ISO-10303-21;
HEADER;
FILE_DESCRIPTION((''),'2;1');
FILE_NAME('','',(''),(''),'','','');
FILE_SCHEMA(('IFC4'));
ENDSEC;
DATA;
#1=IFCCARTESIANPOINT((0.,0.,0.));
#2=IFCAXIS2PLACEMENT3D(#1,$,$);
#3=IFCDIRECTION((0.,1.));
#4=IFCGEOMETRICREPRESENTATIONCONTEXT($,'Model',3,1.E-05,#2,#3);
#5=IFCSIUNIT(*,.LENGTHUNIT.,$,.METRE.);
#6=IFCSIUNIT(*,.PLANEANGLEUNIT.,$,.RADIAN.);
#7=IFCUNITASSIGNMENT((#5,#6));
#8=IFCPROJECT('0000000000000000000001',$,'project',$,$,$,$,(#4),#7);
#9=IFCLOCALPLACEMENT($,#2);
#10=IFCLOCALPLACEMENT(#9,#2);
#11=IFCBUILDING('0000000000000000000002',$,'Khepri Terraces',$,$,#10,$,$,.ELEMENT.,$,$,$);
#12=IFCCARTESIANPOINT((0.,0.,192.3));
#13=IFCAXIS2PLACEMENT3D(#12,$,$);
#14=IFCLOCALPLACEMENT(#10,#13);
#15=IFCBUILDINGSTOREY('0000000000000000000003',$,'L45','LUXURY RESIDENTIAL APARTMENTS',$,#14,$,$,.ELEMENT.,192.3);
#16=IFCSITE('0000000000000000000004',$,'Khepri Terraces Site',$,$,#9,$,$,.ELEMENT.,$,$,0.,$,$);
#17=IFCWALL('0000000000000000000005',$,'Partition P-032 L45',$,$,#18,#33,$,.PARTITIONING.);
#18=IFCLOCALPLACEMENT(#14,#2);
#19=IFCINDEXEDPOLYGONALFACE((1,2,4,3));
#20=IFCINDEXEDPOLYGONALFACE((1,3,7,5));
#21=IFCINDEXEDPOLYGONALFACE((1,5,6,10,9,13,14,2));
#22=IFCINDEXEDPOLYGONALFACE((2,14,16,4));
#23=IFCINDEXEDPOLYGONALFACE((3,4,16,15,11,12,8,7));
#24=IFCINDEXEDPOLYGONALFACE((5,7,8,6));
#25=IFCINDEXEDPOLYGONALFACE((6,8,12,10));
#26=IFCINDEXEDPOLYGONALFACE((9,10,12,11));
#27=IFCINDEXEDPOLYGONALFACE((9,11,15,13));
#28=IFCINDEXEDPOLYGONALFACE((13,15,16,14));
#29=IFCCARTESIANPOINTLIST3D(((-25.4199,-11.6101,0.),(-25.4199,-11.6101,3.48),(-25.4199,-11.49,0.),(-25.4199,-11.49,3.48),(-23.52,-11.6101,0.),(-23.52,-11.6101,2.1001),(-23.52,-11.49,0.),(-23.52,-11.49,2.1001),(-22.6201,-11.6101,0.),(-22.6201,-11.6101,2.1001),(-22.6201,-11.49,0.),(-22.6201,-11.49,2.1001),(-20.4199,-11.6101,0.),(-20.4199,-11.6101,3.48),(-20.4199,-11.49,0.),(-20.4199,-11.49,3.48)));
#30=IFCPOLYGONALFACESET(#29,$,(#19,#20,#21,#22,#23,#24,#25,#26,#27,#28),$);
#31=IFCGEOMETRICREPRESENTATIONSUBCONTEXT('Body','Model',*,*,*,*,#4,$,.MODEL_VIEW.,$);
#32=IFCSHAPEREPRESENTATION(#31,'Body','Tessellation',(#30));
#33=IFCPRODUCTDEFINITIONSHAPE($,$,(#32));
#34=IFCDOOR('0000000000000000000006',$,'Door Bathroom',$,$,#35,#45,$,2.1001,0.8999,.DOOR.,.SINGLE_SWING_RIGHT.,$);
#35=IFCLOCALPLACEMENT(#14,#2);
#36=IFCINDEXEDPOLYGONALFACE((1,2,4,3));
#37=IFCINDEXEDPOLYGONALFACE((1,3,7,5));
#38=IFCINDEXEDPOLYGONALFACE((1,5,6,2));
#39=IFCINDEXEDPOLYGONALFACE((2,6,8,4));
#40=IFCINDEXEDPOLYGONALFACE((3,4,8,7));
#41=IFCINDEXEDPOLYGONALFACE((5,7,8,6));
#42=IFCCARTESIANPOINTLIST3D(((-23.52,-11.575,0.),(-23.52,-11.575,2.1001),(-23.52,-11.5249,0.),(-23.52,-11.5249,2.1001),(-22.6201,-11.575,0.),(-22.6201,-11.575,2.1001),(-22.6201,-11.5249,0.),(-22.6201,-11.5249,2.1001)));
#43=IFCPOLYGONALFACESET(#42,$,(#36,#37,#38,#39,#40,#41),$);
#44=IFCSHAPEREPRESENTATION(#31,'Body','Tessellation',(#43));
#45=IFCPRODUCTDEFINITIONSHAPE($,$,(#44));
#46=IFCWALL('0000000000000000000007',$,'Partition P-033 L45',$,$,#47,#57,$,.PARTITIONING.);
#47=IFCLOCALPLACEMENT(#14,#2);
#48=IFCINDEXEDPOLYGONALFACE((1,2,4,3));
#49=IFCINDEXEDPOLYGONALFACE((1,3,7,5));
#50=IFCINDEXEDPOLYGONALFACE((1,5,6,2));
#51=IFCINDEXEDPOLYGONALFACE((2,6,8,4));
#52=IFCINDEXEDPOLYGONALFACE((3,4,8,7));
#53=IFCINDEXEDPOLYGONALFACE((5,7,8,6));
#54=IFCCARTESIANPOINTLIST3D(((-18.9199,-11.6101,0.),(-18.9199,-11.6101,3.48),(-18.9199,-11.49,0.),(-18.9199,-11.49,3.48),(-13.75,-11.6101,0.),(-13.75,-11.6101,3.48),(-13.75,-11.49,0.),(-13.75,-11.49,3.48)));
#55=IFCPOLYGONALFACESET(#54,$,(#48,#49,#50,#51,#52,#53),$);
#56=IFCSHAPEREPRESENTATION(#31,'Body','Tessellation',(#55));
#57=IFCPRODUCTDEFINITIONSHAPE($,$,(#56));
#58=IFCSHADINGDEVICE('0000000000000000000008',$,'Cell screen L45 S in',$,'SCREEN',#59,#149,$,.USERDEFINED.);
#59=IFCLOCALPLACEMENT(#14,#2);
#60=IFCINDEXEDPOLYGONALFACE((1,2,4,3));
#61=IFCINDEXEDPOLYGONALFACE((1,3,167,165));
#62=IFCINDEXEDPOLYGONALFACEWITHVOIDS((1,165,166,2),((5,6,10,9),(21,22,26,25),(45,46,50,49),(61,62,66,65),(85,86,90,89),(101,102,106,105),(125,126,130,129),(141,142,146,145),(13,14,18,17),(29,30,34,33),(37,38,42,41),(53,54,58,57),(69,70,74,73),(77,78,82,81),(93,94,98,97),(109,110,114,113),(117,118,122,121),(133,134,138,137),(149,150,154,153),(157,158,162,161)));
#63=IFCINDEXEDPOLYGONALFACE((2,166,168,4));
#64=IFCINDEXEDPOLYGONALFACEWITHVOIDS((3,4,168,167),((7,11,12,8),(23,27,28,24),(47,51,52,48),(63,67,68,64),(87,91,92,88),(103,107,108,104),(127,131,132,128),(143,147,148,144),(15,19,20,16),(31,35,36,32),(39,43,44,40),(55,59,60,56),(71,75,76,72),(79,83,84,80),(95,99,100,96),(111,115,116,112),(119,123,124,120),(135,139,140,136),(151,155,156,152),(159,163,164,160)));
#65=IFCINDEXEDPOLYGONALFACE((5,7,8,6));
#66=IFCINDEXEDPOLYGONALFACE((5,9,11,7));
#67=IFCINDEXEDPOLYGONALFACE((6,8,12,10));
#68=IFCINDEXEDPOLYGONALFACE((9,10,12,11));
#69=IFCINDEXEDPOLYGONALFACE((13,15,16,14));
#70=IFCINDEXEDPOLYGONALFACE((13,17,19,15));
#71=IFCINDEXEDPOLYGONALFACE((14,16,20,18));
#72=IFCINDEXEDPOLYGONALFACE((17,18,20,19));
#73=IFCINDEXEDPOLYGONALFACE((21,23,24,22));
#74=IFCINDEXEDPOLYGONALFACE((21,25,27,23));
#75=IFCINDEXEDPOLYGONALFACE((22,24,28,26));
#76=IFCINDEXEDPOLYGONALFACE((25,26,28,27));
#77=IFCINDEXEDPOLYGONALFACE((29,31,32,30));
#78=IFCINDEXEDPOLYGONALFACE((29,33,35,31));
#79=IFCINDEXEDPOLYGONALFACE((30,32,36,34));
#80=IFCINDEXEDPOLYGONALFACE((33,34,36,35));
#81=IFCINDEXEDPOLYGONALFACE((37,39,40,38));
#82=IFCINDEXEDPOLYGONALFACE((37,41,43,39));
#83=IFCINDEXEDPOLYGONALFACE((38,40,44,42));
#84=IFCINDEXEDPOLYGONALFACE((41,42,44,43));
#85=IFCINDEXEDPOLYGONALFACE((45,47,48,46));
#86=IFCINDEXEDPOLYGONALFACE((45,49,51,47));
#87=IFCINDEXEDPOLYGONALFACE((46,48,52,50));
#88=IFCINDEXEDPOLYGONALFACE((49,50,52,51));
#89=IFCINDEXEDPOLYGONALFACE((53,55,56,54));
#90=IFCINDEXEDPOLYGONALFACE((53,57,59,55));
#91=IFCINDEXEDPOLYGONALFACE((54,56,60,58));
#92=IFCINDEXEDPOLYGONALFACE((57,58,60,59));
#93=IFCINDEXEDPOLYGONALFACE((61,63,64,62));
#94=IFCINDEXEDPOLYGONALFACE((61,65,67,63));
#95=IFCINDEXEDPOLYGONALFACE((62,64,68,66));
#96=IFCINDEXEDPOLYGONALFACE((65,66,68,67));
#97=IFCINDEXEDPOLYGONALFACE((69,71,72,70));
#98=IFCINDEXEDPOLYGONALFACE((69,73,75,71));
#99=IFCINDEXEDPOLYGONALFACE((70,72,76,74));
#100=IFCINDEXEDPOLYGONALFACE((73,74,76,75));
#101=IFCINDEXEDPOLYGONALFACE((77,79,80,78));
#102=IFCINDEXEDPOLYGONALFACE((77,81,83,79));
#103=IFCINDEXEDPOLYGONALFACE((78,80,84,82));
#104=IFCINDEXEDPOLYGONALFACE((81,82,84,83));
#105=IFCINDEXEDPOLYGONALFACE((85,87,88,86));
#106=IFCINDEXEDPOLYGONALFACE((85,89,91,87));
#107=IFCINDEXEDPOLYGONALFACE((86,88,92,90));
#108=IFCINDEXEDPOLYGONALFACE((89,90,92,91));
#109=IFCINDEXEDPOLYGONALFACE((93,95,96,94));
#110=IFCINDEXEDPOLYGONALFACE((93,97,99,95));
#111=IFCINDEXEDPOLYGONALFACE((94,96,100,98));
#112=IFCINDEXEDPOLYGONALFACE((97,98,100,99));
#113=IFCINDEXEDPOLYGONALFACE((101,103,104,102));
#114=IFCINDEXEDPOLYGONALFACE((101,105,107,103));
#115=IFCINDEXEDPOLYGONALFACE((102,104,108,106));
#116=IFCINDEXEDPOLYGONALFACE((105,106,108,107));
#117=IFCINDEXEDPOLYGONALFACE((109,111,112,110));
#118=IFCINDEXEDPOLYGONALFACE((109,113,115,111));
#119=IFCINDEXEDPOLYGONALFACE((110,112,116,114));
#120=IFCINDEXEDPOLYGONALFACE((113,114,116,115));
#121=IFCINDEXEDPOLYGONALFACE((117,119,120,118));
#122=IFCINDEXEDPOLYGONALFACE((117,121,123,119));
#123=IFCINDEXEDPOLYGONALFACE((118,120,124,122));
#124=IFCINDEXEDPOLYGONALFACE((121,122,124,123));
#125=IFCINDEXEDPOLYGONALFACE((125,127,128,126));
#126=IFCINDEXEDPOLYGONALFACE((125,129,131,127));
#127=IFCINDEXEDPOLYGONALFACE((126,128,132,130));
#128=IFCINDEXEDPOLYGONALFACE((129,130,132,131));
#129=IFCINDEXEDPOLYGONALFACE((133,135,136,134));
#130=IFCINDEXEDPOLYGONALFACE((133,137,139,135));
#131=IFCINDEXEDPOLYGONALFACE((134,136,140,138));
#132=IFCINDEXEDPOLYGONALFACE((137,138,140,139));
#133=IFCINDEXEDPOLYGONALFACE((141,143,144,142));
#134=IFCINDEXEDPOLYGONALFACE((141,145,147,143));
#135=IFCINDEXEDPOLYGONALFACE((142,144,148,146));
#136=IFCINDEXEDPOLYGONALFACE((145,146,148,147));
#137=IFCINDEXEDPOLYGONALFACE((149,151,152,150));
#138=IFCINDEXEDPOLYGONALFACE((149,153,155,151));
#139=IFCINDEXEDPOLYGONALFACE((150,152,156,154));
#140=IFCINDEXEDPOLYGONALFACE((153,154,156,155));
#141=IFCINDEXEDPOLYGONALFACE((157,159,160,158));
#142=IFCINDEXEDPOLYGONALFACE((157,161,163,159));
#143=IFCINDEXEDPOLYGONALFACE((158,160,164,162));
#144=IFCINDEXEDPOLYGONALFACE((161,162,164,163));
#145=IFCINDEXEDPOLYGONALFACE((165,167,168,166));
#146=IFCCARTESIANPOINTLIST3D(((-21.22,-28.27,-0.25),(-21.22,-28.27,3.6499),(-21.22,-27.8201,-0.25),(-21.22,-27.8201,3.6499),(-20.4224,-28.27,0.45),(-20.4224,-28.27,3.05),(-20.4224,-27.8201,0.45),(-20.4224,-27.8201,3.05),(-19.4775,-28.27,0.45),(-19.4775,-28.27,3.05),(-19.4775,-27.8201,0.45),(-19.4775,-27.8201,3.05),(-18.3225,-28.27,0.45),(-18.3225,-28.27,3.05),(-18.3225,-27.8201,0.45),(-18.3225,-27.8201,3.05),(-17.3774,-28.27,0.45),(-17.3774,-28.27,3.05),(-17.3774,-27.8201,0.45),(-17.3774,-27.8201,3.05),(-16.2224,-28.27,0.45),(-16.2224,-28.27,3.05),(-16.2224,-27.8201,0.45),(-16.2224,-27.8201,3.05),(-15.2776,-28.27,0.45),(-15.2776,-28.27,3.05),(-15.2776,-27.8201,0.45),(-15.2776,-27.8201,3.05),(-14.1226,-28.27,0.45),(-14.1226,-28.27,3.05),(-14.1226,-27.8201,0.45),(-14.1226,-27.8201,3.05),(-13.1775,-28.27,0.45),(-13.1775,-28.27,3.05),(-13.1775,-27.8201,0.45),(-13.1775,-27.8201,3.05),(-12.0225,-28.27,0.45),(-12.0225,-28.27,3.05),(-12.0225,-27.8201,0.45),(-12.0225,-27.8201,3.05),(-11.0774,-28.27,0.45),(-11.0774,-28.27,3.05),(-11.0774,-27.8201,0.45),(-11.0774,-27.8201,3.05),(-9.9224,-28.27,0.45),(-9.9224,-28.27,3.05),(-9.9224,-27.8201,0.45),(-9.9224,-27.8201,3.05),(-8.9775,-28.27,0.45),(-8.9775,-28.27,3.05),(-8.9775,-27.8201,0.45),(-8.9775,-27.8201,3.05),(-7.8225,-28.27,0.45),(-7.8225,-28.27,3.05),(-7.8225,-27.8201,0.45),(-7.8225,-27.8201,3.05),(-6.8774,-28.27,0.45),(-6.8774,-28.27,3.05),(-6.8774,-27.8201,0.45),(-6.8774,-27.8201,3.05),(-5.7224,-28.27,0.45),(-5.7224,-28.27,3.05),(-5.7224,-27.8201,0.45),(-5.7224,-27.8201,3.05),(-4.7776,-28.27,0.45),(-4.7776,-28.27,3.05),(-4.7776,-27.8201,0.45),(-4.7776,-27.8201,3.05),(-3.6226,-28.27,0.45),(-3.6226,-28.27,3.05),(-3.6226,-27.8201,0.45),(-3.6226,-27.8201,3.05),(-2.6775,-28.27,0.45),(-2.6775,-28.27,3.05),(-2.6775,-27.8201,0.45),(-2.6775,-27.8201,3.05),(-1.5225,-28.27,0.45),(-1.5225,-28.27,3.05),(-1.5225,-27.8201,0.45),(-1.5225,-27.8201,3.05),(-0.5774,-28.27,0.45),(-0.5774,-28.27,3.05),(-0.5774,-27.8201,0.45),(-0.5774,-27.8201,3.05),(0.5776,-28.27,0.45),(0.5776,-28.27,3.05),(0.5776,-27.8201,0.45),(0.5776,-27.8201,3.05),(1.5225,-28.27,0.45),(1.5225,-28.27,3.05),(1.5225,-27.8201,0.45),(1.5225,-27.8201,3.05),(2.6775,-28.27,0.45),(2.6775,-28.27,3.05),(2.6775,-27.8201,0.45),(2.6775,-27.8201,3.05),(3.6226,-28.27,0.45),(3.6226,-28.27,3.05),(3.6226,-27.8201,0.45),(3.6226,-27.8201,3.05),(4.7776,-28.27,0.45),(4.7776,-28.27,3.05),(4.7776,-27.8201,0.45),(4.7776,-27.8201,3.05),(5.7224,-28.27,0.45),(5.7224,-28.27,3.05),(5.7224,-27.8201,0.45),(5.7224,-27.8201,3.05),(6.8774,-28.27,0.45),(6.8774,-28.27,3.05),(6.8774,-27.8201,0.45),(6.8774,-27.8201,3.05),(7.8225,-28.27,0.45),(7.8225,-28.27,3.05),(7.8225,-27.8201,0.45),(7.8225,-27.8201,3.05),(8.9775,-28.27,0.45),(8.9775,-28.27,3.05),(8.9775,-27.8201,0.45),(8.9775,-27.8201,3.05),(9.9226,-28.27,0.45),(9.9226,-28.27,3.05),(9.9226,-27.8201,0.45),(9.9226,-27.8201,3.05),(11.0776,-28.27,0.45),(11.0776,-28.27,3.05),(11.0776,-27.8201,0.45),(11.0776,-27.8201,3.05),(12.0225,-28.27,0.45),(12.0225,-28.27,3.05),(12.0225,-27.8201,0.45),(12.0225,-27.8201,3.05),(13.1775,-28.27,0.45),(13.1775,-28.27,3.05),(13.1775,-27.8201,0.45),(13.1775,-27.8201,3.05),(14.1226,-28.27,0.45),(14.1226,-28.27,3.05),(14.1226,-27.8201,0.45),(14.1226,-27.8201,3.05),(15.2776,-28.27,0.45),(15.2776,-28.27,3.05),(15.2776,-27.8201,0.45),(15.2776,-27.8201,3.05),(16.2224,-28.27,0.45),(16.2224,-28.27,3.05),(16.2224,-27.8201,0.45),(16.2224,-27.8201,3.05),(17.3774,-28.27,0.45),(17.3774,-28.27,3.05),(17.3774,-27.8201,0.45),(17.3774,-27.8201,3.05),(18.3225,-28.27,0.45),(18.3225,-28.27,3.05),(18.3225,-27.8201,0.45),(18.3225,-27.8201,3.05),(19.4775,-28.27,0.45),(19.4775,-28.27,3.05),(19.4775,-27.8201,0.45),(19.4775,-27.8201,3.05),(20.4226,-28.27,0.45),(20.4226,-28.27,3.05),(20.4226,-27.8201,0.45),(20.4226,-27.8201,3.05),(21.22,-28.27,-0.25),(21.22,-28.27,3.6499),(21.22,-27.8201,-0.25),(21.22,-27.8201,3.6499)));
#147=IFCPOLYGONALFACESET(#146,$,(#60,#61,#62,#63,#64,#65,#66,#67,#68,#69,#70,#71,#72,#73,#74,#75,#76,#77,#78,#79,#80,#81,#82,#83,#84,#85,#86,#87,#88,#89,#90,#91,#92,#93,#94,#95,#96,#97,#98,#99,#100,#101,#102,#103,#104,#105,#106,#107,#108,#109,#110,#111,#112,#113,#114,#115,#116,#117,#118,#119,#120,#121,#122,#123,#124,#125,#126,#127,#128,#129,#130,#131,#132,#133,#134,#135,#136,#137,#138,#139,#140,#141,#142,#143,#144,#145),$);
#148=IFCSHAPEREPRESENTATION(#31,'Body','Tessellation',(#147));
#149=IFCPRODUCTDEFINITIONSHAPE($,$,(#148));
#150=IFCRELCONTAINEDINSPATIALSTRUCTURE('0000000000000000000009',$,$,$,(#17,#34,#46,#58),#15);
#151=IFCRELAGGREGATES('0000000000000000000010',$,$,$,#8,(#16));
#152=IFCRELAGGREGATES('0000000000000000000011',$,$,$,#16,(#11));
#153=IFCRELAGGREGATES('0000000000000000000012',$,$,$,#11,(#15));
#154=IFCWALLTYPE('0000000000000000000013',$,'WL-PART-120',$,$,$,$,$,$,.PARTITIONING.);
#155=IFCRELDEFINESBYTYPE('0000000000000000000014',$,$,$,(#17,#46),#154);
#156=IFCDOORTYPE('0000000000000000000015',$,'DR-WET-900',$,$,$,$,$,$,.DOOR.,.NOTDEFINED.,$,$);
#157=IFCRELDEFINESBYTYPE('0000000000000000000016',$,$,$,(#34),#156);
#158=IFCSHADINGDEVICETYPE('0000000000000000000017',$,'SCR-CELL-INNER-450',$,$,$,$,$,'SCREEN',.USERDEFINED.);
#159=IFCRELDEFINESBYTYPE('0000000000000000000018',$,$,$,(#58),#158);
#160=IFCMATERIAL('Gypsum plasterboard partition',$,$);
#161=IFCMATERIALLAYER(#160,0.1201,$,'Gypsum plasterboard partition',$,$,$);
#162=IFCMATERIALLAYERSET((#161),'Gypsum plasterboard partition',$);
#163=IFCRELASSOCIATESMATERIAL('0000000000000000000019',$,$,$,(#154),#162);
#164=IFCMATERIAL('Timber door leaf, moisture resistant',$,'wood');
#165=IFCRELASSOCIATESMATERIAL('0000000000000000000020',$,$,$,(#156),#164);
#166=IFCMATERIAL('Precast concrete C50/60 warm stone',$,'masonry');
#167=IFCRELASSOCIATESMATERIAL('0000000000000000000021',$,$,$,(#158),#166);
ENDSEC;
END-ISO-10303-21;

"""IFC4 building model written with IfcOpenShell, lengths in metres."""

from ifc_helpers import new_model, si_unit, direction, frame, frame_2d, origin, place, context, subcontext, project, spatial, polyline, rectangle, outline, extrude, material, layer, layer_set, type_object, element, fill, save


model = new_model("IFC4")

# Units and contexts
model_context = context("Model", 3, precision=1e-05, world=origin(), true_north=direction((0.0, 1.0)))
body_context = subcontext(model_context, "Body", "Model", "MODEL_VIEW")
ifc_project = project(units=[si_unit("LENGTHUNIT", "METRE"), si_unit("PLANEANGLEUNIT", "RADIAN")], contexts=[model_context])

# Site, building, storey
site_placement = place(None, origin())
site = spatial("IfcSite", under=ifc_project, at=site_placement, Name="Khepri Terraces Site", CompositionType="ELEMENT", RefElevation=0.0)
building_placement = place(site_placement, origin())
building = spatial("IfcBuilding", under=site, at=building_placement, Name="Khepri Terraces", CompositionType="ELEMENT")
storey_placement = place(building_placement, frame((0.0, 0.0, 192.3)))
storey = spatial("IfcBuildingStorey", under=building, at=storey_placement, Name="L45", Description="LUXURY RESIDENTIAL APARTMENTS", CompositionType="ELEMENT", Elevation=192.3)

# Shared definitions
ifc_material_1 = material(Name="Precast concrete C50/60 warm stone", Category="masonry")

# Shared definitions
ifc_material_2 = material(Name="Gypsum plasterboard partition")
ifc_layer_1 = layer(ifc_material_2, 0.1201, Name="Gypsum plasterboard partition")
ifc_layer_set_1 = layer_set([ifc_layer_1], Name="Gypsum plasterboard partition")
wall_type_1 = type_object("IfcWallType", Name="WL-PART-120", PredefinedType="PARTITIONING", material=ifc_layer_set_1)

# Wall, opening, door
ifc_material_3 = material(Name="Timber door leaf, moisture resistant", Category="wood")
door_type_1 = type_object("IfcDoorType", Name="DR-WET-900", OperationType="NOTDEFINED", PredefinedType="DOOR", material=ifc_material_3)
wall_1_placement = place(storey_placement, frame((-25.4199, -11.55, 0.0), z_axis=(0.0, 0.0, 1.0), x_axis=(1.0, 0.0, 0.0)))
wall_1 = element("IfcWall", 1, at=wall_1_placement, inside=storey, type_object=wall_type_1, Name="Partition P-032 L45", PredefinedType="PARTITIONING", context=body_context, shape_type="SweptSolid", body=[
    extrude(rectangle(XDim=5.0, YDim=0.1201, at=frame_2d((2.5, 0.0))), origin(), (0.0, 0.0, 1.0), 3.48),
])
opening_1_placement = place(wall_1_placement, frame((1.8999, 0.0, 0.0)))
opening_1 = element("IfcOpeningElement", 2, at=opening_1_placement, cuts=wall_1, PredefinedType="OPENING", context=body_context, shape_type="SweptSolid", body=[
    extrude(rectangle(XDim=0.8999, YDim=2.1001, at=frame_2d((0.45, 1.05))), frame((0.0, 0.0701, 0.0), z_axis=(0.0, -1.0, 0.0), x_axis=(1.0, 0.0, 0.0)), (0.0, 0.0, 1.0), 0.1401),
])
door_1_placement = place(opening_1_placement, frame((0.8999, 0.0, 0.0), z_axis=(0.0, 0.0, 1.0), x_axis=(-1.0, 0.0, 0.0)))
door_1 = element("IfcDoor", 3, at=door_1_placement, inside=storey, type_object=door_type_1, Name="Door Bathroom", OperationType="SINGLE_SWING_RIGHT", OverallHeight=2.1001, OverallWidth=0.8999, PredefinedType="DOOR", context=body_context, shape_type="SweptSolid", body=[
    extrude(rectangle(XDim=0.8999, YDim=2.1001, at=frame_2d((0.45, 1.05))), frame((0.0, 0.0249, 0.0), z_axis=(0.0, -1.0, 0.0), x_axis=(1.0, 0.0, 0.0)), (0.0, 0.0, 1.0), 0.05),
])
fill(opening_1, door_1)

# Wall
wall_2_placement = place(storey_placement, frame((-18.9199, -11.55, 0.0), z_axis=(0.0, 0.0, 1.0), x_axis=(1.0, 0.0, 0.0)))
element("IfcWall", 4, at=wall_2_placement, inside=storey, type_object=wall_type_1, Name="Partition P-033 L45", PredefinedType="PARTITIONING", context=body_context, shape_type="SweptSolid", body=[
    extrude(rectangle(XDim=5.1699, YDim=0.1201, at=frame_2d((2.585, 0.0))), origin(), (0.0, 0.0, 1.0), 3.48),
])

# Shading device
shading_device_type_1 = type_object("IfcShadingDeviceType", Name="SCR-CELL-INNER-450", ElementType="SCREEN", PredefinedType="USERDEFINED", material=ifc_material_1)
shading_device_1_placement = place(storey_placement, frame((-21.22, -27.8201, -0.25), z_axis=(0.0, -1.0, 0.0), x_axis=(1.0, 0.0, 0.0)))
element("IfcShadingDevice", 5, at=shading_device_1_placement, inside=storey, type_object=shading_device_type_1, Name="Cell screen L45 S in", ObjectType="SCREEN", PredefinedType="USERDEFINED", context=body_context, shape_type="SweptSolid", body=[
    extrude(outline(polyline([(0.0, 0.0), (42.4399, 0.0), (42.4399, 3.8999), (0.0, 3.8999), (0.0, 0.0)]), holes=[polyline([(0.7976, 0.7), (1.7424, 0.7), (1.7424, 3.3), (0.7976, 3.3), (0.7976, 0.7)]), polyline([(2.8975, 0.7), (3.8425, 0.7), (3.8425, 3.3), (2.8975, 3.3), (2.8975, 0.7)]), polyline([(4.9976, 0.7), (5.9424, 0.7), (5.9424, 3.3), (4.9976, 3.3), (4.9976, 0.7)]), polyline([(7.0974, 0.7), (8.0425, 0.7), (8.0425, 3.3), (7.0974, 3.3), (7.0974, 0.7)]), polyline([(9.1975, 0.7), (10.1426, 0.7), (10.1426, 3.3), (9.1975, 3.3), (9.1975, 0.7)]), polyline([(11.2976, 0.7), (12.2424, 0.7), (12.2424, 3.3), (11.2976, 3.3), (11.2976, 0.7)]), polyline([(13.3975, 0.7), (14.3425, 0.7), (14.3425, 3.3), (13.3975, 3.3), (13.3975, 0.7)]), polyline([(15.4976, 0.7), (16.4424, 0.7), (16.4424, 3.3), (15.4976, 3.3), (15.4976, 0.7)]), polyline([(17.5974, 0.7), (18.5425, 0.7), (18.5425, 3.3), (17.5974, 3.3), (17.5974, 0.7)]), polyline([(19.6975, 0.7), (20.6426, 0.7), (20.6426, 3.3), (19.6975, 3.3), (19.6975, 0.7)]), polyline([(21.7976, 0.7), (22.7424, 0.7), (22.7424, 3.3), (21.7976, 3.3), (21.7976, 0.7)]), polyline([(23.8975, 0.7), (24.8425, 0.7), (24.8425, 3.3), (23.8975, 3.3), (23.8975, 0.7)]), polyline([(25.9976, 0.7), (26.9424, 0.7), (26.9424, 3.3), (25.9976, 3.3), (25.9976, 0.7)]), polyline([(28.0974, 0.7), (29.0425, 0.7), (29.0425, 3.3), (28.0974, 3.3), (28.0974, 0.7)]), polyline([(30.1975, 0.7), (31.1426, 0.7), (31.1426, 3.3), (30.1975, 3.3), (30.1975, 0.7)]), polyline([(32.2976, 0.7), (33.2424, 0.7), (33.2424, 3.3), (32.2976, 3.3), (32.2976, 0.7)]), polyline([(34.3975, 0.7), (35.3425, 0.7), (35.3425, 3.3), (34.3975, 3.3), (34.3975, 0.7)]), polyline([(36.4976, 0.7), (37.4424, 0.7), (37.4424, 3.3), (36.4976, 3.3), (36.4976, 0.7)]), polyline([(38.5974, 0.7), (39.5425, 0.7), (39.5425, 3.3), (38.5974, 3.3), (38.5974, 0.7)]), polyline([(40.6975, 0.7), (41.6426, 0.7), (41.6426, 3.3), (40.6975, 3.3), (40.6975, 0.7)])]), origin(), (0.0, 0.0, 1.0), 0.45),
])

save(model, "model.ifc")
